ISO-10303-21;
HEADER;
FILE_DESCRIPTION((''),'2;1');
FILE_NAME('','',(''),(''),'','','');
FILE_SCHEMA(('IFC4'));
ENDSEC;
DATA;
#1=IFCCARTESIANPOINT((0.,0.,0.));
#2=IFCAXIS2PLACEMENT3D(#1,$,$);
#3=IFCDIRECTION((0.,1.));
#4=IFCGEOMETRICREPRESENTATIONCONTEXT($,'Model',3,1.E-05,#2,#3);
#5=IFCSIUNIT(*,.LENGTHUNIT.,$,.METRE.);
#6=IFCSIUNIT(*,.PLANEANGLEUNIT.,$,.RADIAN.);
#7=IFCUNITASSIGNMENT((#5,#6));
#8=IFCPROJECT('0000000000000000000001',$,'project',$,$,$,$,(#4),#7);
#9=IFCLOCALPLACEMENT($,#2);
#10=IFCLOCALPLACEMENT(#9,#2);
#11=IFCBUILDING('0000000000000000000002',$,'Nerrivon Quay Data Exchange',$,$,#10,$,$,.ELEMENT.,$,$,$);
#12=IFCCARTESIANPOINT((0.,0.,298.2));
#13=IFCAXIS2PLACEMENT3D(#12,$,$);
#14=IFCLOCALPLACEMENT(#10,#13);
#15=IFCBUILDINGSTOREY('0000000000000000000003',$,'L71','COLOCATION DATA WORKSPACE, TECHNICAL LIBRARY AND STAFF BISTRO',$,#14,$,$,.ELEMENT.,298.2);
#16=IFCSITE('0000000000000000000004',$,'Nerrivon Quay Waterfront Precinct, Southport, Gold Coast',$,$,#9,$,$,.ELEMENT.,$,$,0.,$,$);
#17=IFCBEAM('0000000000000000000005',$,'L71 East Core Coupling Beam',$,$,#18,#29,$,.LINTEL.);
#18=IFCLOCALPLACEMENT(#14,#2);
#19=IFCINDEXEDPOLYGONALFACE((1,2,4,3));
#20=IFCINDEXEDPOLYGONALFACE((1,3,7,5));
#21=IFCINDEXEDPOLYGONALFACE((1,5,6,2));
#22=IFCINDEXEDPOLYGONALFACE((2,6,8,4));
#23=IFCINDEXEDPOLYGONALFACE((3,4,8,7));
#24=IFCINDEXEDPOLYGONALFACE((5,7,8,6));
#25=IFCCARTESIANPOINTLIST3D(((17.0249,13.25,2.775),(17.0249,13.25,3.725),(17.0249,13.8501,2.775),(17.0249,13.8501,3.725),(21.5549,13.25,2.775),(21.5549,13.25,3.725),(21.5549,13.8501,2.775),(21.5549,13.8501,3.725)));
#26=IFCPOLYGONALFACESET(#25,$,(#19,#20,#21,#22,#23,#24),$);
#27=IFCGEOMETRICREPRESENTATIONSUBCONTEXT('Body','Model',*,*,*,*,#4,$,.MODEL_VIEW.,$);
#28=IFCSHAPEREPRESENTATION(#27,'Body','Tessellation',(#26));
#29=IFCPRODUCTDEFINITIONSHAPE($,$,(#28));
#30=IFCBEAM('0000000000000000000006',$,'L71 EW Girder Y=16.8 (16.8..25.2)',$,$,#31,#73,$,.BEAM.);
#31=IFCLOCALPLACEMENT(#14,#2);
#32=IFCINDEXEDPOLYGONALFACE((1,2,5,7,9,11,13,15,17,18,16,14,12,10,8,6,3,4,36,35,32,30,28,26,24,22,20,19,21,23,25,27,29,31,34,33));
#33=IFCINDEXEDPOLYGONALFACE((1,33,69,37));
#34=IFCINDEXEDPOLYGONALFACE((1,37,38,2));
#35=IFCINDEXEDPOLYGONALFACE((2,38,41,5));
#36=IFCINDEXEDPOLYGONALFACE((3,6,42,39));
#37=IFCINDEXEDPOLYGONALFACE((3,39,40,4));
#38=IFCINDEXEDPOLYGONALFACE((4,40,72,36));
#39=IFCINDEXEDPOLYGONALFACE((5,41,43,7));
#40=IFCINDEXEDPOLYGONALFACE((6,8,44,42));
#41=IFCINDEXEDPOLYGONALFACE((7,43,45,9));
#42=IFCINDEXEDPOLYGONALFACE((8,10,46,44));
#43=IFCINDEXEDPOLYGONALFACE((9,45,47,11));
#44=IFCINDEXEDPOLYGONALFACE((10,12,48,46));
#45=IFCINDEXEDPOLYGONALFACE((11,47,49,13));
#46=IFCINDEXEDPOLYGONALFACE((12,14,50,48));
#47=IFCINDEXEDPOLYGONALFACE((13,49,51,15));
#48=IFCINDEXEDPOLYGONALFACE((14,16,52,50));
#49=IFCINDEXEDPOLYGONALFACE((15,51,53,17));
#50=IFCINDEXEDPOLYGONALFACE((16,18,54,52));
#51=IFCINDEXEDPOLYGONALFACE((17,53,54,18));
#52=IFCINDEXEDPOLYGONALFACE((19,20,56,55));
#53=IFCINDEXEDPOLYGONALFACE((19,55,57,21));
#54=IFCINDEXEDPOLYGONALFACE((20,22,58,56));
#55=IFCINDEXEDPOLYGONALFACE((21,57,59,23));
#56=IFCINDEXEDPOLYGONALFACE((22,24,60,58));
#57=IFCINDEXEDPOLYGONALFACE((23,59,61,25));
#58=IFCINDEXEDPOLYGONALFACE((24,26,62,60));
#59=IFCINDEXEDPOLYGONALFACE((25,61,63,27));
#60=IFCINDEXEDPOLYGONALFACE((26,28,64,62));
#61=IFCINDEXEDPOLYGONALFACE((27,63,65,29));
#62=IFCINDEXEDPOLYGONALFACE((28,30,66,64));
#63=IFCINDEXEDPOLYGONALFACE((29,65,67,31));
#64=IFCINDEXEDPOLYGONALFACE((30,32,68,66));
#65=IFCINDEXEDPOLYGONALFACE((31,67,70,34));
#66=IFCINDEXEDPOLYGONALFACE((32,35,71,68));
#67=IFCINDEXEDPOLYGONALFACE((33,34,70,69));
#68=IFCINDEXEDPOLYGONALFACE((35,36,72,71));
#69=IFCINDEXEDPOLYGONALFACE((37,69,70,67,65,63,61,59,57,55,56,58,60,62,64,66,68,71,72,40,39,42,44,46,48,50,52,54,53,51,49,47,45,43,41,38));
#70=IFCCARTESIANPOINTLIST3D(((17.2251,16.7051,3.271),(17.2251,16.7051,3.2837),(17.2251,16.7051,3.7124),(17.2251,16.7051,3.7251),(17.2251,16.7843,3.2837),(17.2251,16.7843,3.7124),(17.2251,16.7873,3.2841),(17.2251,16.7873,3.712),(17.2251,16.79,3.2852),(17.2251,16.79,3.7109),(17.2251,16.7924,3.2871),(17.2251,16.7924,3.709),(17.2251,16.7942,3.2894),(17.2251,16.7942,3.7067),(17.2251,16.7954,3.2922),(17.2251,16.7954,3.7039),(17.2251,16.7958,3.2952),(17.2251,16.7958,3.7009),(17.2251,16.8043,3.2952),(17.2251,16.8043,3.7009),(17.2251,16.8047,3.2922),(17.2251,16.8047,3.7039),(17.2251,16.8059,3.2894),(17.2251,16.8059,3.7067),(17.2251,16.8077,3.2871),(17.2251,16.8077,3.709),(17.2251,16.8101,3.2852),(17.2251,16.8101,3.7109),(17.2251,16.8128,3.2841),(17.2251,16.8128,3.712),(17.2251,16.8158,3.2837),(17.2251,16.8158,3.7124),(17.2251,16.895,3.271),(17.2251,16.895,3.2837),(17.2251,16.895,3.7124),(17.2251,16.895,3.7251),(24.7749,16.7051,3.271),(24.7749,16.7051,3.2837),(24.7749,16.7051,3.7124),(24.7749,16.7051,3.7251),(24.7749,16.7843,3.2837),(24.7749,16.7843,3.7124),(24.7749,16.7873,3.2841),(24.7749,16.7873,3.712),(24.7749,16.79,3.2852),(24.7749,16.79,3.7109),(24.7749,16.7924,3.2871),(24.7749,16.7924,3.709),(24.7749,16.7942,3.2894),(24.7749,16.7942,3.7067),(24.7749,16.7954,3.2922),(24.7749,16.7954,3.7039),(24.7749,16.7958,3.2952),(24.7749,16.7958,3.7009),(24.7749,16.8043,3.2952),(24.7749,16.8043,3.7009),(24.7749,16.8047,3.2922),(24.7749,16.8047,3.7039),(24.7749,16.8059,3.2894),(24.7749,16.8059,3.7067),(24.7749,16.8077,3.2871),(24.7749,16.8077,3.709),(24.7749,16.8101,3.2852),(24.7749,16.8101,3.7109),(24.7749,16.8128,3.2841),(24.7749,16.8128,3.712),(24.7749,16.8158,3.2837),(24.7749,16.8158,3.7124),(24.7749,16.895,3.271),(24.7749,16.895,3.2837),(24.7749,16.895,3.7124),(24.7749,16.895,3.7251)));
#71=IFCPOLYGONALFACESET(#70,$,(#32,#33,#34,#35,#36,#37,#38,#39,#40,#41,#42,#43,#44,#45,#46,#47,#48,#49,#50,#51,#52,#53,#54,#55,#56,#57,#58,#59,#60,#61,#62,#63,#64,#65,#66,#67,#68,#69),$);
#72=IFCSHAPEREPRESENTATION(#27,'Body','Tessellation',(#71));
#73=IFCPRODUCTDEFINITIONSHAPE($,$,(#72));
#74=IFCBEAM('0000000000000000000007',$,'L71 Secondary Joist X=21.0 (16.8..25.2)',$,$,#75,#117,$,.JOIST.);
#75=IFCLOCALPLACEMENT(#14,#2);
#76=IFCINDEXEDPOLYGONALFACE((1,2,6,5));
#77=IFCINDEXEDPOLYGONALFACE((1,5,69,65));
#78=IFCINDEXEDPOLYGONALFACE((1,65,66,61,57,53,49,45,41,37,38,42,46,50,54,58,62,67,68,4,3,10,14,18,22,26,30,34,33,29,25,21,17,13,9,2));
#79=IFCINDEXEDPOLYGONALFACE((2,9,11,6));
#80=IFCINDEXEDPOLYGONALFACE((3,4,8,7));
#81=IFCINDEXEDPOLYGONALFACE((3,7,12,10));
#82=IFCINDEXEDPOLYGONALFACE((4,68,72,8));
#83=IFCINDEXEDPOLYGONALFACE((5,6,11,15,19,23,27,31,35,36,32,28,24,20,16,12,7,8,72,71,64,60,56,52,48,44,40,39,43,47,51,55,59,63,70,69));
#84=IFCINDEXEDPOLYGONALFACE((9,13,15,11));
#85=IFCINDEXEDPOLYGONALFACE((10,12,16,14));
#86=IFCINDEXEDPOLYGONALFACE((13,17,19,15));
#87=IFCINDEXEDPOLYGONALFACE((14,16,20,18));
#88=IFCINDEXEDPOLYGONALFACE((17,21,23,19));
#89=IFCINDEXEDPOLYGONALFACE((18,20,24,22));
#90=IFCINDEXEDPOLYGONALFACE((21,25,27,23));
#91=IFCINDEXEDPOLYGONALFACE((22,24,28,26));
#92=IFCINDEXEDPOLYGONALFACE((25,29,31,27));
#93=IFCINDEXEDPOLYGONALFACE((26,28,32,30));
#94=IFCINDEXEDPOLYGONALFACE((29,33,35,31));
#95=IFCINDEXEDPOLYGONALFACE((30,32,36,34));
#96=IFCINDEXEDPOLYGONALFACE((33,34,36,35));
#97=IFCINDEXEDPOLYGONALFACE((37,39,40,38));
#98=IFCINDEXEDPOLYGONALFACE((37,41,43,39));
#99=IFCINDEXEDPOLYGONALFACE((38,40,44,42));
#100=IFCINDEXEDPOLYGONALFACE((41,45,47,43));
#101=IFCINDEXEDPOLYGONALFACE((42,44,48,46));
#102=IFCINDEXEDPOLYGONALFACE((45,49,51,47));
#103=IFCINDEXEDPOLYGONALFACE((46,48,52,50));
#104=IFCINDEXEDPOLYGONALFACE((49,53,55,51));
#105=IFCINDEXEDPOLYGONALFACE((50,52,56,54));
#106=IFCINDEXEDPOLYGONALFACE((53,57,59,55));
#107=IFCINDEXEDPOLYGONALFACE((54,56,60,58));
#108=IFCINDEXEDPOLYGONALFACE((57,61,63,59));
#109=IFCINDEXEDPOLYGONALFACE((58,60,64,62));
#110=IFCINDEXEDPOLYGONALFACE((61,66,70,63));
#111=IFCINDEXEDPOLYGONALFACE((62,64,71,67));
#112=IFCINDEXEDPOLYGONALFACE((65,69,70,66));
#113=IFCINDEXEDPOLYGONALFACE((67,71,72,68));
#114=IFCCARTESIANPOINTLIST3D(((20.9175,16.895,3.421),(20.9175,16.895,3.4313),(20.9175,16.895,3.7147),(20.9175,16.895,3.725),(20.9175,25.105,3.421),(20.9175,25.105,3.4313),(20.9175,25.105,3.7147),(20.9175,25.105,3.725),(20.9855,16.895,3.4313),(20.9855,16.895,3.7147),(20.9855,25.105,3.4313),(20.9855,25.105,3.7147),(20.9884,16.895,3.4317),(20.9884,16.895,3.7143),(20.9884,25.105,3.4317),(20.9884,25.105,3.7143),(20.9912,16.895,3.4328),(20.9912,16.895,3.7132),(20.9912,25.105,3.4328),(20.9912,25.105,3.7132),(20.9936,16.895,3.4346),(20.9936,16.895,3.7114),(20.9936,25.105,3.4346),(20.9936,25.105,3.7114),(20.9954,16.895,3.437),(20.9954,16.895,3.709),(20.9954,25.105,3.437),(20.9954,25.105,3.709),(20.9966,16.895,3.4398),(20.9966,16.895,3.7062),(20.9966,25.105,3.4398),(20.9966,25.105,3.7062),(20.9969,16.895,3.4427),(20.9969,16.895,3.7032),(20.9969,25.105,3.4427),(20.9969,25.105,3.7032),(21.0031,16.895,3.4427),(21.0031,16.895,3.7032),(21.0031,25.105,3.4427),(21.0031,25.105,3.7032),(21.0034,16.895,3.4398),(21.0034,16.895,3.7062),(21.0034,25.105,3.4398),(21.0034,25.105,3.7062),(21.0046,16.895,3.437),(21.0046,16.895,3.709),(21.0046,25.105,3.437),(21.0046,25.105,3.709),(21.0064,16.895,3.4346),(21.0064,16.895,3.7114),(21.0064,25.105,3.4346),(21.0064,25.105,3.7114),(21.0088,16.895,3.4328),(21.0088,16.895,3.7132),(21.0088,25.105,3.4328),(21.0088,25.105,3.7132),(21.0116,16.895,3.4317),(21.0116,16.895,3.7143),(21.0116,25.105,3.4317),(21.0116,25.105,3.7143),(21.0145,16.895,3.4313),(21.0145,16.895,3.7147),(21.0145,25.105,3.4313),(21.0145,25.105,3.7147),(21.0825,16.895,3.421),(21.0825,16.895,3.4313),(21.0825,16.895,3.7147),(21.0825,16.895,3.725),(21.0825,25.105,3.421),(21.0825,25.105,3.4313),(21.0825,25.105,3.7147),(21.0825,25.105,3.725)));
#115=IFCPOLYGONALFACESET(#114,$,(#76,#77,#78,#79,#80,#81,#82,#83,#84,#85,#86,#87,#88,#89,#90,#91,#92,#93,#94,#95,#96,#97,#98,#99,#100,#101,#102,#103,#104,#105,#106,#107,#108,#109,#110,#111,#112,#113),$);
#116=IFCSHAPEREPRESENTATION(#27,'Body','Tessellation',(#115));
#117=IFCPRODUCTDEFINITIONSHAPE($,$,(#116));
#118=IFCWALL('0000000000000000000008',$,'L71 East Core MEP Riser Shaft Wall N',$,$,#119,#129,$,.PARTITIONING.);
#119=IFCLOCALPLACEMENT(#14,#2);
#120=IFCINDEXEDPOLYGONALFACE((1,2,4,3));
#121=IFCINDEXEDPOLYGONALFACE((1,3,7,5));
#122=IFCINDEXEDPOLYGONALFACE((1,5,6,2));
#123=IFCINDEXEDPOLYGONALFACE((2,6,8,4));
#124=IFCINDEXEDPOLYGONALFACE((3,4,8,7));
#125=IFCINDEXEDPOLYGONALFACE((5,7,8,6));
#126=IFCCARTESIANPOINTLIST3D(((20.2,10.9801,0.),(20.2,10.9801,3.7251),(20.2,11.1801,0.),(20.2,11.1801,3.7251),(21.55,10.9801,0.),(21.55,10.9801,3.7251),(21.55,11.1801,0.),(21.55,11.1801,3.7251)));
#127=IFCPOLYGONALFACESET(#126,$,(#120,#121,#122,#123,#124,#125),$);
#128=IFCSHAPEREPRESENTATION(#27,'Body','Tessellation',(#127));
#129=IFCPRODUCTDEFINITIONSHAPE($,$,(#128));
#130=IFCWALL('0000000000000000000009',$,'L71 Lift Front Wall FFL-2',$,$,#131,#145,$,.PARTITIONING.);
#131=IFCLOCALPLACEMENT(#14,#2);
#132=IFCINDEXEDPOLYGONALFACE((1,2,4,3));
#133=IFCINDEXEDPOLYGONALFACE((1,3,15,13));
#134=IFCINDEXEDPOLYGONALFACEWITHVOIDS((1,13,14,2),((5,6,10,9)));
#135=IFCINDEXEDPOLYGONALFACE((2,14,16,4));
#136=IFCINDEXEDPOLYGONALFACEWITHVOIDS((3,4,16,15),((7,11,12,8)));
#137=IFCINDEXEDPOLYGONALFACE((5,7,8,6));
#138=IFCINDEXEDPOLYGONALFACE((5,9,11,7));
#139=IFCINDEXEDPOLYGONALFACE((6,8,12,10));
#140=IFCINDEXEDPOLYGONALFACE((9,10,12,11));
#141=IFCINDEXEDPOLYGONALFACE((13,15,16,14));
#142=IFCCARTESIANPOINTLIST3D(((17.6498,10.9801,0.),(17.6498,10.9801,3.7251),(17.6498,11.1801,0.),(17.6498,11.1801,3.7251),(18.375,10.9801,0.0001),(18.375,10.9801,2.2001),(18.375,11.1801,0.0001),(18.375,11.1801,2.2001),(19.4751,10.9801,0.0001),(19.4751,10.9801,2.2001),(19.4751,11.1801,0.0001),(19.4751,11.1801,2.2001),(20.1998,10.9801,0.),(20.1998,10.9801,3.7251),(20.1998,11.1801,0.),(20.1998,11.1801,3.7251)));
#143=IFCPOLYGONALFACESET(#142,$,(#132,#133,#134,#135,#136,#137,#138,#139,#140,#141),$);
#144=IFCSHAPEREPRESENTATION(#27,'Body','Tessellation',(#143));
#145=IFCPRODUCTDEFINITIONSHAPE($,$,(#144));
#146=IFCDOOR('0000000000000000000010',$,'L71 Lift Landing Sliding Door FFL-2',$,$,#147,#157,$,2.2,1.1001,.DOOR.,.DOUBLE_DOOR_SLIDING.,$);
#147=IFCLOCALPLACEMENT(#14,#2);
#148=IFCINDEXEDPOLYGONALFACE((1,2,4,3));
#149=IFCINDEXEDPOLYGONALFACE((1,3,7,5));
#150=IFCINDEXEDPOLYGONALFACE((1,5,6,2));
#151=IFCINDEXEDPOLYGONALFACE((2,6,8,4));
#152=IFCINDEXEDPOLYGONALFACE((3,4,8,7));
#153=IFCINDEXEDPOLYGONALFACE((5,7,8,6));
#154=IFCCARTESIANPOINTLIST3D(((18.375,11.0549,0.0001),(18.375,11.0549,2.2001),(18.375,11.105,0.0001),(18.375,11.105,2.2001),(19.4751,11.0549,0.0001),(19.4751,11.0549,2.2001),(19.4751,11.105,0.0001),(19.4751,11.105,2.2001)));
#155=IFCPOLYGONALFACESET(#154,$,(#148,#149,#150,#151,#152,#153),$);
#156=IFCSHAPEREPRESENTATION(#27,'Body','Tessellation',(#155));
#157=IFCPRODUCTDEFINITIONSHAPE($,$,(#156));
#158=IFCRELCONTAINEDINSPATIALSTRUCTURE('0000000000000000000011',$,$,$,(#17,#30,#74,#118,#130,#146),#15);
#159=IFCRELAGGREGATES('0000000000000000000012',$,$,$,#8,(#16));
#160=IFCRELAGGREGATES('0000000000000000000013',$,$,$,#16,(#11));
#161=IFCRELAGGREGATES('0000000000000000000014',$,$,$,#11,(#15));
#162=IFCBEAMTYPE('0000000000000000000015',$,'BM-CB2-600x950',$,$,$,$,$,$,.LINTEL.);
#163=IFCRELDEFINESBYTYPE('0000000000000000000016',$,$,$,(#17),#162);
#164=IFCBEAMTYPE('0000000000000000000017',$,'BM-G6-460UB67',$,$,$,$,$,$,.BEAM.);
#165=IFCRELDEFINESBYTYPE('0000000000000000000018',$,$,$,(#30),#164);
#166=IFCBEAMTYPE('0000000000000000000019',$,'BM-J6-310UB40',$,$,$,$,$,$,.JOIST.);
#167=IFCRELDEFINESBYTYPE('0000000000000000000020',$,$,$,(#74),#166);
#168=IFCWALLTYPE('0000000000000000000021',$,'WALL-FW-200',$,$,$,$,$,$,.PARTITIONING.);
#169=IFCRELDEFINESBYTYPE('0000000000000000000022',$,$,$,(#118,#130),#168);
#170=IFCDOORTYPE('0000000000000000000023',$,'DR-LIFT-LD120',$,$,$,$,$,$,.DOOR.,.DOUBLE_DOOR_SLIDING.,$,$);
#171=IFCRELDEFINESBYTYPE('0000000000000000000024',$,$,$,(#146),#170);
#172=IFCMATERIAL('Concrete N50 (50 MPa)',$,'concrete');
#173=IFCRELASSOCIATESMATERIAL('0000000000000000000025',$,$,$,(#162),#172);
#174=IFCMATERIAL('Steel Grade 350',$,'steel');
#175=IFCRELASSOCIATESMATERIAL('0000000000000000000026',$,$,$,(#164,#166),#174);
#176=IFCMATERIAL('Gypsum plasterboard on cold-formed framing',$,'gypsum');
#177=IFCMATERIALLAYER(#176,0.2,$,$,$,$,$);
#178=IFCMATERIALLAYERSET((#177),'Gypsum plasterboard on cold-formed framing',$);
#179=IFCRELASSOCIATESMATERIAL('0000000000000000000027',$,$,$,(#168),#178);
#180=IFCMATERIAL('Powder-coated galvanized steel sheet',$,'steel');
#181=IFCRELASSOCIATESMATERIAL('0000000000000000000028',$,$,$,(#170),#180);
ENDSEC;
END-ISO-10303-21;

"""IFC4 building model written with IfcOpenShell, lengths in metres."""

from ifc_helpers import new_model, si_unit, direction, frame, frame_2d, origin, origin_2d, place, context, subcontext, project, spatial, rectangle, i_section, extrude, material, layer, layer_set, material_profile, profile_set, type_object, element, fill, save


model = new_model("IFC4")

# Units and contexts
model_context = context("Model", 3, precision=1e-05, world=origin(), true_north=direction((0.0, 1.0)))
body_context = subcontext(model_context, "Body", "Model", "MODEL_VIEW")
ifc_project = project(units=[si_unit("LENGTHUNIT", "METRE"), si_unit("PLANEANGLEUNIT", "RADIAN")], contexts=[model_context])

# Site, building, storey
site_placement = place(None, origin())
site = spatial("IfcSite", under=ifc_project, at=site_placement, Name="Nerrivon Quay Waterfront Precinct, Southport, Gold Coast", CompositionType="ELEMENT", RefElevation=0.0)
building_placement = place(site_placement, origin())
building = spatial("IfcBuilding", under=site, at=building_placement, Name="Nerrivon Quay Data Exchange", CompositionType="ELEMENT")
storey_placement = place(building_placement, frame((0.0, 0.0, 298.2)))
storey = spatial("IfcBuildingStorey", under=building, at=storey_placement, Name="L71", Description="COLOCATION DATA WORKSPACE, TECHNICAL LIBRARY AND STAFF BISTRO", CompositionType="ELEMENT", Elevation=298.2)

# Beams
ifc_material_1 = material(Name="Concrete N50 (50 MPa)", Category="concrete")
ifc_material_profile_1 = material_profile(ifc_material_1, rectangle(XDim=0.6001, YDim=0.95, at=origin_2d()), Name="RC-CB-600x950")
ifc_profile_set_1 = profile_set([ifc_material_profile_1], Name="Concrete N50 (50 MPa)")
beam_type_1 = type_object("IfcBeamType", Name="BM-CB2-600x950", PredefinedType="LINTEL", material=ifc_profile_set_1)
beam_1_placement = place(storey_placement, frame((17.0249, 13.55, 3.25), z_axis=(1.0, 0.0, 0.0), x_axis=(0.0, 1.0, 0.0)))
element("IfcBeam", 1, at=beam_1_placement, inside=storey, type_object=beam_type_1, Name="L71 East Core Coupling Beam", PredefinedType="LINTEL", context=body_context, shape_type="SweptSolid", body=[
    extrude(rectangle(XDim=0.6001, YDim=0.95, at=origin_2d()), origin(), (0.0, 0.0, 1.0), 4.53),
])
ifc_material_2 = material(Name="Steel Grade 350", Category="steel")
ifc_material_profile_2 = material_profile(ifc_material_2, i_section(OverallWidth=0.1899, OverallDepth=0.4541, WebThickness=0.0085, FlangeThickness=0.0127, FilletRadius=0.0115, at=origin_2d()), Name="460UB67.1")
ifc_profile_set_2 = profile_set([ifc_material_profile_2], Name="Steel Grade 350")
beam_type_2 = type_object("IfcBeamType", Name="BM-G6-460UB67", PredefinedType="BEAM", material=ifc_profile_set_2)
beam_2_placement = place(storey_placement, frame((17.2251, 16.8, 3.498), z_axis=(1.0, 0.0, 0.0), x_axis=(0.0, 1.0, 0.0)))
element("IfcBeam", 2, at=beam_2_placement, inside=storey, type_object=beam_type_2, Name="L71 EW Girder Y=16.8 (16.8..25.2)", PredefinedType="BEAM", context=body_context, shape_type="SweptSolid", body=[
    extrude(i_section(OverallWidth=0.1899, OverallDepth=0.4541, WebThickness=0.0085, FlangeThickness=0.0127, FilletRadius=0.0115, at=origin_2d()), origin(), (0.0, 0.0, 1.0), 7.5498),
])
ifc_material_profile_3 = material_profile(ifc_material_2, i_section(OverallWidth=0.165, OverallDepth=0.304, WebThickness=0.0061, FlangeThickness=0.0103, FilletRadius=0.0115, at=origin_2d()), Name="310UB40.4")
ifc_profile_set_3 = profile_set([ifc_material_profile_3], Name="Steel Grade 350")
beam_type_3 = type_object("IfcBeamType", Name="BM-J6-310UB40", PredefinedType="JOIST", material=ifc_profile_set_3)
beam_3_placement = place(storey_placement, frame((21.0, 16.895, 3.573), z_axis=(0.0, 1.0, 0.0), x_axis=(-1.0, 0.0, 0.0)))
element("IfcBeam", 3, at=beam_3_placement, inside=storey, type_object=beam_type_3, Name="L71 Secondary Joist X=21.0 (16.8..25.2)", PredefinedType="JOIST", context=body_context, shape_type="SweptSolid", body=[
    extrude(i_section(OverallWidth=0.165, OverallDepth=0.304, WebThickness=0.0061, FlangeThickness=0.0103, FilletRadius=0.0115, at=origin_2d()), origin(), (0.0, 0.0, 1.0), 8.21),
])

# Wall
ifc_material_3 = material(Name="Gypsum plasterboard on cold-formed framing", Category="gypsum")
ifc_layer_1 = layer(ifc_material_3, 0.2)
ifc_layer_set_1 = layer_set([ifc_layer_1], Name="Gypsum plasterboard on cold-formed framing")
wall_type_1 = type_object("IfcWallType", Name="WALL-FW-200", PredefinedType="PARTITIONING", material=ifc_layer_set_1)
wall_1_placement = place(storey_placement, frame((20.2, 11.0801, 0.0), z_axis=(0.0, 0.0, 1.0), x_axis=(1.0, 0.0, 0.0)))
element("IfcWall", 4, at=wall_1_placement, inside=storey, type_object=wall_type_1, Name="L71 East Core MEP Riser Shaft Wall N", PredefinedType="PARTITIONING", context=body_context, shape_type="SweptSolid", body=[
    extrude(rectangle(XDim=1.3501, YDim=0.2, at=frame_2d((0.675, 0.0))), origin(), (0.0, 0.0, 1.0), 3.7251),
])

# Wall, opening, door
wall_2_placement = place(storey_placement, frame((17.6499, 11.0801, 0.0), z_axis=(0.0, 0.0, 1.0), x_axis=(1.0, 0.0, 0.0)))
wall_2 = element("IfcWall", 5, at=wall_2_placement, inside=storey, type_object=wall_type_1, Name="L71 Lift Front Wall FFL-2", PredefinedType="PARTITIONING", context=body_context, shape_type="SweptSolid", body=[
    extrude(rectangle(XDim=2.55, YDim=0.2, at=frame_2d((1.2749, 0.0))), origin(), (0.0, 0.0, 1.0), 3.7251),
])
opening_1_placement = place(wall_2_placement, frame((0.7251, 0.0, 0.0)))
opening_1 = element("IfcOpeningElement", 6, at=opening_1_placement, cuts=wall_2, PredefinedType="OPENING", context=body_context, shape_type="SweptSolid", body=[
    extrude(rectangle(XDim=1.1001, YDim=2.2, at=frame_2d((0.55, 1.1001))), frame((0.0, 0.1099, 0.0), z_axis=(0.0, -1.0, 0.0), x_axis=(1.0, 0.0, 0.0)), (0.0, 0.0, 1.0), 0.22),
])
ifc_material_4 = material(Name="Powder-coated galvanized steel sheet", Category="steel")
door_type_1 = type_object("IfcDoorType", Name="DR-LIFT-LD120", OperationType="DOUBLE_DOOR_SLIDING", PredefinedType="DOOR", material=ifc_material_4)
door_1_placement = place(opening_1_placement, origin())
door_1 = element("IfcDoor", 7, at=door_1_placement, inside=storey, type_object=door_type_1, Name="L71 Lift Landing Sliding Door FFL-2", OperationType="DOUBLE_DOOR_SLIDING", OverallHeight=2.2, OverallWidth=1.1001, PredefinedType="DOOR", context=body_context, shape_type="SweptSolid", body=[
    extrude(rectangle(XDim=1.1001, YDim=2.2, at=frame_2d((0.55, 1.1001))), frame((0.0, 0.0249, 0.0), z_axis=(0.0, -1.0, 0.0), x_axis=(1.0, 0.0, 0.0)), (0.0, 0.0, 1.0), 0.05),
])
fill(opening_1, door_1)

save(model, "model.ifc")
